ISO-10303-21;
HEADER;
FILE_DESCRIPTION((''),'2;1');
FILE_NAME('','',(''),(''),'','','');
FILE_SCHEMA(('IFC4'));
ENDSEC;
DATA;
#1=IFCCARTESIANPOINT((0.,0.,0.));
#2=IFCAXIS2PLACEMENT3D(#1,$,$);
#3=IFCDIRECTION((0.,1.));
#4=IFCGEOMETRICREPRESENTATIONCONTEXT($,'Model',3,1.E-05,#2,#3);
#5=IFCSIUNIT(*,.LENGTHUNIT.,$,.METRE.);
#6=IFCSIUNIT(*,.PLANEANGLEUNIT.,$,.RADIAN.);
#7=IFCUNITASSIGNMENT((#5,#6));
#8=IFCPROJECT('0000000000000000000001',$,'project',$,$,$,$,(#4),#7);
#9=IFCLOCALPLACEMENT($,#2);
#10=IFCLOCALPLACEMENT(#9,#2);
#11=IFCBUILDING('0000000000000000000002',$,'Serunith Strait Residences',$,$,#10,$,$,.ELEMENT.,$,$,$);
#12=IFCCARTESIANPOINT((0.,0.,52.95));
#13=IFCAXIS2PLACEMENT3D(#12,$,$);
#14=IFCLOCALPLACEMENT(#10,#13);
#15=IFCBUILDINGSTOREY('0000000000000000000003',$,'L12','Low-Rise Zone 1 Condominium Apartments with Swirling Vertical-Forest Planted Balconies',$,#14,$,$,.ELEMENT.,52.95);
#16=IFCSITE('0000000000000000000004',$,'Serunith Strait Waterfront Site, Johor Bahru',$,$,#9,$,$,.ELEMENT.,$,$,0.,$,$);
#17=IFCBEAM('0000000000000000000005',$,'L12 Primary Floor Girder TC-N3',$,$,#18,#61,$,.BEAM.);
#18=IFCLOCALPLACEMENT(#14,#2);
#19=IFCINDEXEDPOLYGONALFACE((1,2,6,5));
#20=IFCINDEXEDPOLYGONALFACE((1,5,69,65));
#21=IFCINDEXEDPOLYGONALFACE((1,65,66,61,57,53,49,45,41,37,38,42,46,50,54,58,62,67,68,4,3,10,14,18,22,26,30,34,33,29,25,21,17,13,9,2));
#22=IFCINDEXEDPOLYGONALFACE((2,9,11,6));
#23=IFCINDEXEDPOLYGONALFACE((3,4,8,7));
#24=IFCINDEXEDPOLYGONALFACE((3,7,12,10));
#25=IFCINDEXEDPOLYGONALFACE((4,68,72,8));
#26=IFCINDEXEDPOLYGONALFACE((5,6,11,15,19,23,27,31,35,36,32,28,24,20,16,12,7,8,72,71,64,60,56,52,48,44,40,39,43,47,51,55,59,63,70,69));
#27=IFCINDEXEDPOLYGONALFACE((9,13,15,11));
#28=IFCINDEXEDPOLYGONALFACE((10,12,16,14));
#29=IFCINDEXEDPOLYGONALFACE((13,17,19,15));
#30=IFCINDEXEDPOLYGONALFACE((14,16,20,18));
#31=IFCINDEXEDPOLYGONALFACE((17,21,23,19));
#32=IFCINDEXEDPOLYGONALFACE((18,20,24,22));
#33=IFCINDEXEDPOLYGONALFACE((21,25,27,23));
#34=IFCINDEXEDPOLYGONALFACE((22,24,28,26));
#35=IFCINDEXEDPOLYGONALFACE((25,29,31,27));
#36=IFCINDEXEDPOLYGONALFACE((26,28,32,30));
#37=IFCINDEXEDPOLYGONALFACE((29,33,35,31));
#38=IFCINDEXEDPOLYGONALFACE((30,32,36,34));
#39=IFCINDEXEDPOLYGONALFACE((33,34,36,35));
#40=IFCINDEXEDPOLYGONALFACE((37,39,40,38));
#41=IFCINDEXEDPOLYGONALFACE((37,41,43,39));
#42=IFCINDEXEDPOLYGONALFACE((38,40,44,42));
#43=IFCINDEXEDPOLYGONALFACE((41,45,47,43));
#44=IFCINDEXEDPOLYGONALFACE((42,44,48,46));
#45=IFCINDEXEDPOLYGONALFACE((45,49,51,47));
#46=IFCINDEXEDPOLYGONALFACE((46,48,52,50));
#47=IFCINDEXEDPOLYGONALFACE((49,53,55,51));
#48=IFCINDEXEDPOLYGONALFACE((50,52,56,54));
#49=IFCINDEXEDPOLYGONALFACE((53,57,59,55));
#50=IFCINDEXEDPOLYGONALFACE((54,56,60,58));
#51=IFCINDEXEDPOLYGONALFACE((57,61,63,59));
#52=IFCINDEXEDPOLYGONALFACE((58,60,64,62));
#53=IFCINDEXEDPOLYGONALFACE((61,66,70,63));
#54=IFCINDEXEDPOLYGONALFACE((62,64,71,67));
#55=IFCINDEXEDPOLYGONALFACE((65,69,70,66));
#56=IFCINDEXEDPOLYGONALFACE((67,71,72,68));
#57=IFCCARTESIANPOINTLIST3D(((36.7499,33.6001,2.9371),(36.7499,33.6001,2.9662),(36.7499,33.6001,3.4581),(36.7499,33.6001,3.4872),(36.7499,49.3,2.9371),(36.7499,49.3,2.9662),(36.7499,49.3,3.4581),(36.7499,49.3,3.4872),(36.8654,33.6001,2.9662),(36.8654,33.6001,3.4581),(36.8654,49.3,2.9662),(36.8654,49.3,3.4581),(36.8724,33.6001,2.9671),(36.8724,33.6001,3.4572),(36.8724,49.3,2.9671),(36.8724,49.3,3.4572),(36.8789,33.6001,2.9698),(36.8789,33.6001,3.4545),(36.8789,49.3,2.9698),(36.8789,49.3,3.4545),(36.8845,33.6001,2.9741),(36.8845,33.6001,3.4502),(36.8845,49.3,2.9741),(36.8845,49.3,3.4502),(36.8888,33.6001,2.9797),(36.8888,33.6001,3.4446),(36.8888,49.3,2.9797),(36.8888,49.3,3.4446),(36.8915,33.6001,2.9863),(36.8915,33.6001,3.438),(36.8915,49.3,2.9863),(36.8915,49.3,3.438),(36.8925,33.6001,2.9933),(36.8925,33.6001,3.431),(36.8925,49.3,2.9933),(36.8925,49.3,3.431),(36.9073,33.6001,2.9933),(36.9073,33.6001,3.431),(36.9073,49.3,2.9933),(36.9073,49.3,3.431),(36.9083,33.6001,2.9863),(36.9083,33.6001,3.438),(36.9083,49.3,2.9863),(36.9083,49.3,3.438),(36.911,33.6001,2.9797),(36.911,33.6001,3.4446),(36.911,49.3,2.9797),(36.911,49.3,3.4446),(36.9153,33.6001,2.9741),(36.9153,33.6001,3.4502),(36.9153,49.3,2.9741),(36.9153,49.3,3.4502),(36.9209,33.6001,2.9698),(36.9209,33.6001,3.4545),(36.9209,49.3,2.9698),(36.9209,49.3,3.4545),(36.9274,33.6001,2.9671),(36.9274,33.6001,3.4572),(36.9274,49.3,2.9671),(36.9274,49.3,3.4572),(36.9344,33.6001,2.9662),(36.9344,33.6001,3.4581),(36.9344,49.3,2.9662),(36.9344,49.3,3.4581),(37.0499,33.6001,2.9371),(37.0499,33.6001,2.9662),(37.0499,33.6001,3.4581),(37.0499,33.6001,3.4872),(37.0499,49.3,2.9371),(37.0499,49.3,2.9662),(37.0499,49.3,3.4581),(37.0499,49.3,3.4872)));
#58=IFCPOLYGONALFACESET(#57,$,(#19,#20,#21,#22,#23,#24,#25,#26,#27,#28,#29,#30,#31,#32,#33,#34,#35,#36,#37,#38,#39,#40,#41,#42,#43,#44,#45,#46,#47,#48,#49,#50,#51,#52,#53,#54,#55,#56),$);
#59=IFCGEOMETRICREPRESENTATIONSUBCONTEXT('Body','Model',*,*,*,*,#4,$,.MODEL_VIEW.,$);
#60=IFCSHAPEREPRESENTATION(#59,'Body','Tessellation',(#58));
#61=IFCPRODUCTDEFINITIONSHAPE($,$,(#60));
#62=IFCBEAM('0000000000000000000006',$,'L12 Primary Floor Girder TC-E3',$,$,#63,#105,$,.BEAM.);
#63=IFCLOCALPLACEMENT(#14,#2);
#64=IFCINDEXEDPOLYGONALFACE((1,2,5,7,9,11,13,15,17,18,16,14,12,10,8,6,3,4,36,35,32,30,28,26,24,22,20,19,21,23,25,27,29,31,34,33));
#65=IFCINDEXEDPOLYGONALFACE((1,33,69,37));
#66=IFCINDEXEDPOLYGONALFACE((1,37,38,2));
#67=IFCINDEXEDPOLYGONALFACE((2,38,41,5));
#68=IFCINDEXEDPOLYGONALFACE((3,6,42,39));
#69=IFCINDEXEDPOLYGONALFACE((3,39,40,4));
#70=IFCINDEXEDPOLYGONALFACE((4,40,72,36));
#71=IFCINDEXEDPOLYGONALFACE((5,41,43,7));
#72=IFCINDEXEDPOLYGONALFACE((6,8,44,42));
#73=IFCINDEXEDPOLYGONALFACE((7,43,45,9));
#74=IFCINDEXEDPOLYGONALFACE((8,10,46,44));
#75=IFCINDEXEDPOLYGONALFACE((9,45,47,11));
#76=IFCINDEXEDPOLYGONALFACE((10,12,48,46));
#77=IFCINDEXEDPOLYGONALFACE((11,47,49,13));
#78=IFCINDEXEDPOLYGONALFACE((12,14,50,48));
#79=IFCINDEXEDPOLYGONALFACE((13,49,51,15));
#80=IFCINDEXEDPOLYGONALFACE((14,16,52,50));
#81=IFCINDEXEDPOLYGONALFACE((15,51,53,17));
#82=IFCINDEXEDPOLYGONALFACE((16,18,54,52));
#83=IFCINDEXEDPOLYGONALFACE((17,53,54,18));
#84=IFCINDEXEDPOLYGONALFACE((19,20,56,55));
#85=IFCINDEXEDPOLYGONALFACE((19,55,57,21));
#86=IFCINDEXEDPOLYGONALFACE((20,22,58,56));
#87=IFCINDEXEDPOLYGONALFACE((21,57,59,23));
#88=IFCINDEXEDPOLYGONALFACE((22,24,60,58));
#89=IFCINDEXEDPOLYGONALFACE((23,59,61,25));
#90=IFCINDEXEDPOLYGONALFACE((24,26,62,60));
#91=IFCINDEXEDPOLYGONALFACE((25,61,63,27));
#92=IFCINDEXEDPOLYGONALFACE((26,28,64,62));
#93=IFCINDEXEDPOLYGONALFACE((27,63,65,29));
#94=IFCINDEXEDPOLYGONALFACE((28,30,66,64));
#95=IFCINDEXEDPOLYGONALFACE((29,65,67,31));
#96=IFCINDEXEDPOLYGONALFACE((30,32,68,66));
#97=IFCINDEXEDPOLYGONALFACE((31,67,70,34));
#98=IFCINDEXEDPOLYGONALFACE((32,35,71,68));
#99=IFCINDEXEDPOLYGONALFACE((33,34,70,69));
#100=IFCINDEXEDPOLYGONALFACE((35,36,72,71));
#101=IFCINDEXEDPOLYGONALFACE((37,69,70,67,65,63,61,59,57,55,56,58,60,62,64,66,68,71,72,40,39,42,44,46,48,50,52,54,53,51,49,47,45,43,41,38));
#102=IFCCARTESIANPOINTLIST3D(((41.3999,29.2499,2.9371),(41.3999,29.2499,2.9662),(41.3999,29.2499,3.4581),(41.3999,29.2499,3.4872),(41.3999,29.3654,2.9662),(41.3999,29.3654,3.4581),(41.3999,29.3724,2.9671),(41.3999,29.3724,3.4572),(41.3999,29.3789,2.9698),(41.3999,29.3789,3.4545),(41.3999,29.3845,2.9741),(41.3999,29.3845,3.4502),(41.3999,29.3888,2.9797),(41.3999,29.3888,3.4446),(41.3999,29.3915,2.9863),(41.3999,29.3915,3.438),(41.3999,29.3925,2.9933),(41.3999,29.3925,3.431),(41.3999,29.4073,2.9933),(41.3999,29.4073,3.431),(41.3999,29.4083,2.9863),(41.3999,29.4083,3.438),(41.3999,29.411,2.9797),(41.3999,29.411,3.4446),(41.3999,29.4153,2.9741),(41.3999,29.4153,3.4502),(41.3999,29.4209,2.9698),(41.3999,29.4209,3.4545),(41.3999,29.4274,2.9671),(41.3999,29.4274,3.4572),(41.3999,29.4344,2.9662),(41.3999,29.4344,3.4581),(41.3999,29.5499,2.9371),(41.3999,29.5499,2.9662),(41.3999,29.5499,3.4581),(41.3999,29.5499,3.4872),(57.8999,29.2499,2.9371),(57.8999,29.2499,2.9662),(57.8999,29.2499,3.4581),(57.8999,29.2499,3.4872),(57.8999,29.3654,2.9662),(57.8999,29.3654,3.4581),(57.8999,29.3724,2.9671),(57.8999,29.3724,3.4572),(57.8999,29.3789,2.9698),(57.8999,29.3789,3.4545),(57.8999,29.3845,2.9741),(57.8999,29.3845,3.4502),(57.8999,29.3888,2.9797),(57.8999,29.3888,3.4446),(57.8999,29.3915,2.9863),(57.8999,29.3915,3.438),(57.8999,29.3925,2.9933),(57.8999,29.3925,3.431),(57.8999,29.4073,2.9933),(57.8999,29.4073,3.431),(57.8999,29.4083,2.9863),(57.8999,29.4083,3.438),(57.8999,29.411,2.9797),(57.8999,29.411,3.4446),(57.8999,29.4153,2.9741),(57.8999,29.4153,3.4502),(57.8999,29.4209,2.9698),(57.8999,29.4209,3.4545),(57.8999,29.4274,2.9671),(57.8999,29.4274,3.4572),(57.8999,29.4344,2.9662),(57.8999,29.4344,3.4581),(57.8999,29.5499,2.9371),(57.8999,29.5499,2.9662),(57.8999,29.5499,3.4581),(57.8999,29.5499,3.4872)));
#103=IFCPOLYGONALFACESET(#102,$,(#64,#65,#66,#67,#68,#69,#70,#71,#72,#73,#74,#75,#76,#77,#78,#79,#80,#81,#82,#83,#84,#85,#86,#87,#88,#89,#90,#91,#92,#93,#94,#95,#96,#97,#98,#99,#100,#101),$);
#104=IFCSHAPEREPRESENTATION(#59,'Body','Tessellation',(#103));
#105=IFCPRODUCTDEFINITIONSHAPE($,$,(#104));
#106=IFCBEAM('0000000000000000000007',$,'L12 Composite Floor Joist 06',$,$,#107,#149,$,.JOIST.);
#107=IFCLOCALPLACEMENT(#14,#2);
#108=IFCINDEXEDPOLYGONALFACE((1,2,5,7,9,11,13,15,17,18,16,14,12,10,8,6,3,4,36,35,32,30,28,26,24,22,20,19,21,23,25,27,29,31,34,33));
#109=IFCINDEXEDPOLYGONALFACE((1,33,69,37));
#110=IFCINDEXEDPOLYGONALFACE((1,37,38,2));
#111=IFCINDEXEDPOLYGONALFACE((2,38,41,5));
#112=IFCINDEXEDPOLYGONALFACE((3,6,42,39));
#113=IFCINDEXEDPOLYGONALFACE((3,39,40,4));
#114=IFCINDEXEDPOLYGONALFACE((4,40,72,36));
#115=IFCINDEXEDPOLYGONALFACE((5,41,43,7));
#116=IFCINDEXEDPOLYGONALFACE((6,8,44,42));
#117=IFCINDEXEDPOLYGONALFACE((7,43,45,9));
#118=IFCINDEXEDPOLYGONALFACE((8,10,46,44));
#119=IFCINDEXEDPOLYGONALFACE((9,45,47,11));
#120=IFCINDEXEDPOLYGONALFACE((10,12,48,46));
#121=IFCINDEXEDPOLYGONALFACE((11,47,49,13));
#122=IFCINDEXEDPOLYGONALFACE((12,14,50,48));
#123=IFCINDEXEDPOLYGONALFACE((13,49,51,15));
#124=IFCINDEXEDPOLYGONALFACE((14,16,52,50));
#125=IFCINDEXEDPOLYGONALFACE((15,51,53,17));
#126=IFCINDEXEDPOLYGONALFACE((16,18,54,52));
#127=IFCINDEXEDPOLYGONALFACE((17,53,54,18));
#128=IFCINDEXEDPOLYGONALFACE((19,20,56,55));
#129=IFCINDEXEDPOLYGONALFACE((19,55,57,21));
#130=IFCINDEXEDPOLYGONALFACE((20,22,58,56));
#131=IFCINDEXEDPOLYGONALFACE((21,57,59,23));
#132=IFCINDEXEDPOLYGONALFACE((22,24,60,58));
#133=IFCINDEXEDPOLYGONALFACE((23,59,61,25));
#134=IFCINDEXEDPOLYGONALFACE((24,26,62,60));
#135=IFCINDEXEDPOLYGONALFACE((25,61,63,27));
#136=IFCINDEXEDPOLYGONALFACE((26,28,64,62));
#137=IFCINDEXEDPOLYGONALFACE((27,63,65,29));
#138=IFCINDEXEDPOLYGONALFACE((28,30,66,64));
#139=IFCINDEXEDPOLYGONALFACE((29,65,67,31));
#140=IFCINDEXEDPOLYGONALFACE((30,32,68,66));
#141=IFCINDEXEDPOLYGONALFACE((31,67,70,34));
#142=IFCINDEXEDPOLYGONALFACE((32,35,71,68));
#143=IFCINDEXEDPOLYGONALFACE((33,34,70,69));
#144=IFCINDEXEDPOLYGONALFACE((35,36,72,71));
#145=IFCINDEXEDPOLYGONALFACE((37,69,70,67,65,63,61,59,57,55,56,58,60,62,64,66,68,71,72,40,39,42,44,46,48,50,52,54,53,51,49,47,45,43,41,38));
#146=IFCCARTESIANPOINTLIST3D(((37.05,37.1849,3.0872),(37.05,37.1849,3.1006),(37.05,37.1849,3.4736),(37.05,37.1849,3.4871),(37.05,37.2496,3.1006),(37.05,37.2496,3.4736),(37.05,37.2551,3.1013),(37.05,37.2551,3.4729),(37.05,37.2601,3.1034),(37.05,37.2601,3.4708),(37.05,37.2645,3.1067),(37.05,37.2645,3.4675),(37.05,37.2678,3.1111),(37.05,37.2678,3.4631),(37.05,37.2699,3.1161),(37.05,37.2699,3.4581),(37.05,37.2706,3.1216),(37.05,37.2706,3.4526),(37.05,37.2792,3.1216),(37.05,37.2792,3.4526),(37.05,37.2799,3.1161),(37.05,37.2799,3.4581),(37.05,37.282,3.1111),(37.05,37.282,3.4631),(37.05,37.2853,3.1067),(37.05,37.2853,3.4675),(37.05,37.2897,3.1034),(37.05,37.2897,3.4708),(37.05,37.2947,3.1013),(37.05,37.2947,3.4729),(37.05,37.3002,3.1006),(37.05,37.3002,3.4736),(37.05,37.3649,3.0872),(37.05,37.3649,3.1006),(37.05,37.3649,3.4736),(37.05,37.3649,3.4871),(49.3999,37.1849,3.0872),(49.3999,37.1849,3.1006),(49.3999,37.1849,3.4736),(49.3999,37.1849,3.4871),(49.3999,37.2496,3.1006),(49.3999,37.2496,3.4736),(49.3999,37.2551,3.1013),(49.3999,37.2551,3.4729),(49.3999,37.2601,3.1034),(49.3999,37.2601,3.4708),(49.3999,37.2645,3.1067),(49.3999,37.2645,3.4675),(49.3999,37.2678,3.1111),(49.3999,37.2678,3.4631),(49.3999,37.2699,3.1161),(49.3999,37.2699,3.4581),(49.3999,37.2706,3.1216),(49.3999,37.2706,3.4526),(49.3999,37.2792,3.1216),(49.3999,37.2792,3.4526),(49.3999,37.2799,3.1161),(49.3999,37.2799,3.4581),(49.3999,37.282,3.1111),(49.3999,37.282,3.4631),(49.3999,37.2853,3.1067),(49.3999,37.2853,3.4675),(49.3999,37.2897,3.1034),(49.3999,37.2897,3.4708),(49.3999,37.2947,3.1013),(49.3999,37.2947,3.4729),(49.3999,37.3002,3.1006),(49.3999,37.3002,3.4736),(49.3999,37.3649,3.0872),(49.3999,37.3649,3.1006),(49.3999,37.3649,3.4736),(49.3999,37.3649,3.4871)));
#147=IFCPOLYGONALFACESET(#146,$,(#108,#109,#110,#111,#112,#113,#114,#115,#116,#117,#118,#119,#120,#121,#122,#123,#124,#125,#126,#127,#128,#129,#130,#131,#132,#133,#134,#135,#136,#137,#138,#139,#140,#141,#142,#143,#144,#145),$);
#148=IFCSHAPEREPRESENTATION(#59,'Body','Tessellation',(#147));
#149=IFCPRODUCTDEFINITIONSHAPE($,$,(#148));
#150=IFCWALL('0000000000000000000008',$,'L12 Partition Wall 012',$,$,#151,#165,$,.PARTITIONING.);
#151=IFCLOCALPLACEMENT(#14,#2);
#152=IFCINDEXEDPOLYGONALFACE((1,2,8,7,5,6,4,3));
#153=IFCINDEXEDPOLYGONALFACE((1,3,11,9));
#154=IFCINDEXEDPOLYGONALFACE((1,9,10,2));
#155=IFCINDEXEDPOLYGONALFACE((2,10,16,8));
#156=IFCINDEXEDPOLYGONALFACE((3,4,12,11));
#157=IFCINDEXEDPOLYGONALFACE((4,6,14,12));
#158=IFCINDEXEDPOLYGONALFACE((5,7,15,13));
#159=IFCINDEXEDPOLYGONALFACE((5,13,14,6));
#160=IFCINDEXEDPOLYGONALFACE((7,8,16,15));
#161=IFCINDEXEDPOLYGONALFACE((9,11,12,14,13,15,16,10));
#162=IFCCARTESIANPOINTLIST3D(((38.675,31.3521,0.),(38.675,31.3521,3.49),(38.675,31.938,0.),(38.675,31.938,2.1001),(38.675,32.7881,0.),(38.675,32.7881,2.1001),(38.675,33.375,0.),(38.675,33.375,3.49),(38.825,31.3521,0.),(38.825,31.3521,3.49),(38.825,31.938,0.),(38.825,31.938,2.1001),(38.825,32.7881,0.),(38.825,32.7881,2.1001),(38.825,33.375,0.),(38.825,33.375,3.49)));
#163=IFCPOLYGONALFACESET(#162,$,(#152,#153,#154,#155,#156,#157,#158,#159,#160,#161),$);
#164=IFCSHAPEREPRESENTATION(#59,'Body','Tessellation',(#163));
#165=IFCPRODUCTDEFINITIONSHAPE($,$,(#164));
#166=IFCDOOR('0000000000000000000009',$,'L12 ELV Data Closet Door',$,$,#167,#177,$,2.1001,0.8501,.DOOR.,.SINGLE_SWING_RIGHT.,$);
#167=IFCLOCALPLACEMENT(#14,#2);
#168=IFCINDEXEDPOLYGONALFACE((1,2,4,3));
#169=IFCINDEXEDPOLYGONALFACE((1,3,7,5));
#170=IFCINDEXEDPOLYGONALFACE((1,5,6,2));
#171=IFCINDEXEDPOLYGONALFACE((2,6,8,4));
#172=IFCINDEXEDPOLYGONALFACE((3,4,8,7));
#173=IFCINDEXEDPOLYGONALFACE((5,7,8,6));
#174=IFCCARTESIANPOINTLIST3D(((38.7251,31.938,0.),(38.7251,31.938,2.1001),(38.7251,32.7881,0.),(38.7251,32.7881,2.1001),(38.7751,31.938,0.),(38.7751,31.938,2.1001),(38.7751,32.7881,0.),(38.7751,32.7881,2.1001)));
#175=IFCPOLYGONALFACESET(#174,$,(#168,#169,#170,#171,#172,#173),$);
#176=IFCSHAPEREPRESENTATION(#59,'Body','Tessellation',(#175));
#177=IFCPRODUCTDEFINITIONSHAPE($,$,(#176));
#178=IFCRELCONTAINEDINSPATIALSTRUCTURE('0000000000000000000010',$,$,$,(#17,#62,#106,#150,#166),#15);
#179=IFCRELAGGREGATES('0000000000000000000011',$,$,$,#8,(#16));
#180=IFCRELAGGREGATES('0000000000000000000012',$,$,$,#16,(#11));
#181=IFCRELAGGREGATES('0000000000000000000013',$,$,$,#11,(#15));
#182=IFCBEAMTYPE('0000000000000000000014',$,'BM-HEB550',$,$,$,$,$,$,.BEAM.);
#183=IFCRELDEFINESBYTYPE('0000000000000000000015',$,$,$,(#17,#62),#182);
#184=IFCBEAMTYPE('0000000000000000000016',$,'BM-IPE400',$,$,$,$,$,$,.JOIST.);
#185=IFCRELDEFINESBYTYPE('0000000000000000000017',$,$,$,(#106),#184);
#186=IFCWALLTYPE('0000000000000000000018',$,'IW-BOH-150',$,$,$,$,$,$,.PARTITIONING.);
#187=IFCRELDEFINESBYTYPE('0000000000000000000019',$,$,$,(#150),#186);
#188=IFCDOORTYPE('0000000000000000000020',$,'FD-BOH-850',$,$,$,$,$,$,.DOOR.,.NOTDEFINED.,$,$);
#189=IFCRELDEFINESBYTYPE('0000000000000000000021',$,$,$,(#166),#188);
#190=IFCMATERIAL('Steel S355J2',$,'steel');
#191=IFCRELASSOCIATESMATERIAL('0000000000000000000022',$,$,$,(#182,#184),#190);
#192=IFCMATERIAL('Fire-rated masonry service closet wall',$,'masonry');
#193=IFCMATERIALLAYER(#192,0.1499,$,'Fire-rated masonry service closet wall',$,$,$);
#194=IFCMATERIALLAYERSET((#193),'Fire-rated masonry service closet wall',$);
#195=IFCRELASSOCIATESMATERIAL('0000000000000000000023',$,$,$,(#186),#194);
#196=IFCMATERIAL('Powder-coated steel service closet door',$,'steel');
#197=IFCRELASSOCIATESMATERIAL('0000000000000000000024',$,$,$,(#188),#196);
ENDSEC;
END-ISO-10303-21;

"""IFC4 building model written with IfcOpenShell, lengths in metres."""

from ifc_helpers import new_model, si_unit, direction, frame, frame_2d, origin, origin_2d, place, context, subcontext, project, spatial, rectangle, i_section, extrude, source, transform, mapped, material, layer, layer_set, material_profile, profile_set, type_object, element, fill, save


model = new_model("IFC4")

# Units and contexts
model_context = context("Model", 3, precision=1e-05, world=origin(), true_north=direction((0.0, 1.0)))
body_context = subcontext(model_context, "Body", "Model", "MODEL_VIEW")
ifc_project = project(units=[si_unit("LENGTHUNIT", "METRE"), si_unit("PLANEANGLEUNIT", "RADIAN")], contexts=[model_context])

# Site, building, storey
site_placement = place(None, origin())
site = spatial("IfcSite", under=ifc_project, at=site_placement, Name="Serunith Strait Waterfront Site, Johor Bahru", CompositionType="ELEMENT", RefElevation=0.0)
building_placement = place(site_placement, origin())
building = spatial("IfcBuilding", under=site, at=building_placement, Name="Serunith Strait Residences", CompositionType="ELEMENT")
storey_placement = place(building_placement, frame((0.0, 0.0, 52.95)))
storey = spatial("IfcBuildingStorey", under=building, at=storey_placement, Name="L12", Description="Low-Rise Zone 1 Condominium Apartments with Swirling Vertical-Forest Planted Balconies", CompositionType="ELEMENT", Elevation=52.95)

# Beams
ifc_material_1 = material(Name="Steel S355J2", Category="steel")
ifc_material_profile_1 = material_profile(ifc_material_1, i_section(OverallWidth=0.3, OverallDepth=0.55, WebThickness=0.0149, FlangeThickness=0.0291, FilletRadius=0.0271, at=origin_2d()), Name="HEB 550")
ifc_profile_set_1 = profile_set([ifc_material_profile_1], Name="Steel S355J2")
beam_type_1 = type_object("IfcBeamType", Name="BM-HEB550", PredefinedType="BEAM", material=ifc_profile_set_1)
shared_shape_1 = source(origin(), body_context, "Body", "SweptSolid", [
    extrude(i_section(OverallWidth=0.3, OverallDepth=0.55, WebThickness=0.0149, FlangeThickness=0.0291, FilletRadius=0.0271, at=origin_2d()), origin(), (0.0, 0.0, 1.0), 15.7),
])
beam_1_placement = place(storey_placement, frame((36.8999, 33.6001, 3.2122), z_axis=(0.0, 1.0, 0.0), x_axis=(-1.0, 0.0, 0.0)))
element("IfcBeam", 1, at=beam_1_placement, inside=storey, type_object=beam_type_1, Name="L12 Primary Floor Girder TC-N3", PredefinedType="BEAM", context=body_context, shape_type="MappedRepresentation", body=[
    mapped(shared_shape_1, transform((0.0, 0.0, 0.0), scale=1.0)),
])
shared_shape_2 = source(origin(), body_context, "Body", "SweptSolid", [
    extrude(i_section(OverallWidth=0.3, OverallDepth=0.55, WebThickness=0.0149, FlangeThickness=0.0291, FilletRadius=0.0271, at=origin_2d()), origin(), (0.0, 0.0, 1.0), 16.5),
])
beam_2_placement = place(storey_placement, frame((41.3999, 29.3999, 3.2122), z_axis=(1.0, 0.0, 0.0), x_axis=(0.0, 1.0, 0.0)))
element("IfcBeam", 2, at=beam_2_placement, inside=storey, type_object=beam_type_1, Name="L12 Primary Floor Girder TC-E3", PredefinedType="BEAM", context=body_context, shape_type="MappedRepresentation", body=[
    mapped(shared_shape_2, transform((0.0, 0.0, 0.0), scale=1.0)),
])
ifc_material_profile_2 = material_profile(ifc_material_1, i_section(OverallWidth=0.1799, OverallDepth=0.3999, WebThickness=0.0085, FlangeThickness=0.0134, FilletRadius=0.021, at=origin_2d()), Name="IPE 400")
ifc_profile_set_2 = profile_set([ifc_material_profile_2], Name="Steel S355J2")
beam_type_2 = type_object("IfcBeamType", Name="BM-IPE400", PredefinedType="JOIST", material=ifc_profile_set_2)
shared_shape_3 = source(origin(), body_context, "Body", "SweptSolid", [
    extrude(i_section(OverallWidth=0.1799, OverallDepth=0.3999, WebThickness=0.0085, FlangeThickness=0.0134, FilletRadius=0.021, at=origin_2d()), origin(), (0.0, 0.0, 1.0), 12.3499),
])
beam_3_placement = place(storey_placement, frame((37.05, 37.2749, 3.2871), z_axis=(1.0, 0.0, 0.0), x_axis=(0.0, 1.0, 0.0)))
element("IfcBeam", 3, at=beam_3_placement, inside=storey, type_object=beam_type_2, Name="L12 Composite Floor Joist 06", PredefinedType="JOIST", context=body_context, shape_type="MappedRepresentation", body=[
    mapped(shared_shape_3, transform((0.0, 0.0, 0.0), scale=1.0)),
])

# Wall, opening, door
ifc_material_2 = material(Name="Fire-rated masonry service closet wall", Category="masonry")
ifc_layer_1 = layer(ifc_material_2, 0.1499, Name="Fire-rated masonry service closet wall")
ifc_layer_set_1 = layer_set([ifc_layer_1], Name="Fire-rated masonry service closet wall")
wall_type_1 = type_object("IfcWallType", Name="IW-BOH-150", PredefinedType="PARTITIONING", material=ifc_layer_set_1)
wall_1_placement = place(storey_placement, frame((38.75, 31.3521, 0.0), z_axis=(0.0, 0.0, 1.0), x_axis=(0.0, 1.0, 0.0)))
wall_1 = element("IfcWall", 4, at=wall_1_placement, inside=storey, type_object=wall_type_1, Name="L12 Partition Wall 012", PredefinedType="PARTITIONING", context=body_context, shape_type="SweptSolid", body=[
    extrude(rectangle(XDim=2.0229, YDim=0.1499, at=frame_2d((1.0115, 0.0))), origin(), (0.0, 0.0, 1.0), 3.49),
])
opening_1_placement = place(wall_1_placement, frame((0.5859, 0.0, 0.0)))
opening_1 = element("IfcOpeningElement", 5, at=opening_1_placement, cuts=wall_1, PredefinedType="OPENING", context=body_context, shape_type="SweptSolid", body=[
    extrude(rectangle(XDim=0.8501, YDim=2.1001, at=frame_2d((0.425, 1.05))), frame((0.0, 0.085, 0.0), z_axis=(0.0, -1.0, 0.0), x_axis=(1.0, 0.0, 0.0)), (0.0, 0.0, 1.0), 0.1699),
])
ifc_material_3 = material(Name="Powder-coated steel service closet door", Category="steel")
door_type_1 = type_object("IfcDoorType", Name="FD-BOH-850", OperationType="NOTDEFINED", PredefinedType="DOOR", material=ifc_material_3)
shared_shape_4 = source(origin(), body_context, "Body", "SweptSolid", [
    extrude(rectangle(XDim=0.8501, YDim=2.1001, at=frame_2d((0.425, 1.05))), frame((0.0, 0.0249, 0.0), z_axis=(0.0, -1.0, 0.0), x_axis=(1.0, 0.0, 0.0)), (0.0, 0.0, 1.0), 0.05),
])
door_1_placement = place(opening_1_placement, origin())
door_1 = element("IfcDoor", 6, at=door_1_placement, inside=storey, type_object=door_type_1, Name="L12 ELV Data Closet Door", OperationType="SINGLE_SWING_RIGHT", OverallHeight=2.1001, OverallWidth=0.8501, PredefinedType="DOOR", context=body_context, shape_type="MappedRepresentation", body=[
    mapped(shared_shape_4, transform((0.0, 0.0, 0.0), scale=1.0)),
])
fill(opening_1, door_1)

save(model, "model.ifc")
